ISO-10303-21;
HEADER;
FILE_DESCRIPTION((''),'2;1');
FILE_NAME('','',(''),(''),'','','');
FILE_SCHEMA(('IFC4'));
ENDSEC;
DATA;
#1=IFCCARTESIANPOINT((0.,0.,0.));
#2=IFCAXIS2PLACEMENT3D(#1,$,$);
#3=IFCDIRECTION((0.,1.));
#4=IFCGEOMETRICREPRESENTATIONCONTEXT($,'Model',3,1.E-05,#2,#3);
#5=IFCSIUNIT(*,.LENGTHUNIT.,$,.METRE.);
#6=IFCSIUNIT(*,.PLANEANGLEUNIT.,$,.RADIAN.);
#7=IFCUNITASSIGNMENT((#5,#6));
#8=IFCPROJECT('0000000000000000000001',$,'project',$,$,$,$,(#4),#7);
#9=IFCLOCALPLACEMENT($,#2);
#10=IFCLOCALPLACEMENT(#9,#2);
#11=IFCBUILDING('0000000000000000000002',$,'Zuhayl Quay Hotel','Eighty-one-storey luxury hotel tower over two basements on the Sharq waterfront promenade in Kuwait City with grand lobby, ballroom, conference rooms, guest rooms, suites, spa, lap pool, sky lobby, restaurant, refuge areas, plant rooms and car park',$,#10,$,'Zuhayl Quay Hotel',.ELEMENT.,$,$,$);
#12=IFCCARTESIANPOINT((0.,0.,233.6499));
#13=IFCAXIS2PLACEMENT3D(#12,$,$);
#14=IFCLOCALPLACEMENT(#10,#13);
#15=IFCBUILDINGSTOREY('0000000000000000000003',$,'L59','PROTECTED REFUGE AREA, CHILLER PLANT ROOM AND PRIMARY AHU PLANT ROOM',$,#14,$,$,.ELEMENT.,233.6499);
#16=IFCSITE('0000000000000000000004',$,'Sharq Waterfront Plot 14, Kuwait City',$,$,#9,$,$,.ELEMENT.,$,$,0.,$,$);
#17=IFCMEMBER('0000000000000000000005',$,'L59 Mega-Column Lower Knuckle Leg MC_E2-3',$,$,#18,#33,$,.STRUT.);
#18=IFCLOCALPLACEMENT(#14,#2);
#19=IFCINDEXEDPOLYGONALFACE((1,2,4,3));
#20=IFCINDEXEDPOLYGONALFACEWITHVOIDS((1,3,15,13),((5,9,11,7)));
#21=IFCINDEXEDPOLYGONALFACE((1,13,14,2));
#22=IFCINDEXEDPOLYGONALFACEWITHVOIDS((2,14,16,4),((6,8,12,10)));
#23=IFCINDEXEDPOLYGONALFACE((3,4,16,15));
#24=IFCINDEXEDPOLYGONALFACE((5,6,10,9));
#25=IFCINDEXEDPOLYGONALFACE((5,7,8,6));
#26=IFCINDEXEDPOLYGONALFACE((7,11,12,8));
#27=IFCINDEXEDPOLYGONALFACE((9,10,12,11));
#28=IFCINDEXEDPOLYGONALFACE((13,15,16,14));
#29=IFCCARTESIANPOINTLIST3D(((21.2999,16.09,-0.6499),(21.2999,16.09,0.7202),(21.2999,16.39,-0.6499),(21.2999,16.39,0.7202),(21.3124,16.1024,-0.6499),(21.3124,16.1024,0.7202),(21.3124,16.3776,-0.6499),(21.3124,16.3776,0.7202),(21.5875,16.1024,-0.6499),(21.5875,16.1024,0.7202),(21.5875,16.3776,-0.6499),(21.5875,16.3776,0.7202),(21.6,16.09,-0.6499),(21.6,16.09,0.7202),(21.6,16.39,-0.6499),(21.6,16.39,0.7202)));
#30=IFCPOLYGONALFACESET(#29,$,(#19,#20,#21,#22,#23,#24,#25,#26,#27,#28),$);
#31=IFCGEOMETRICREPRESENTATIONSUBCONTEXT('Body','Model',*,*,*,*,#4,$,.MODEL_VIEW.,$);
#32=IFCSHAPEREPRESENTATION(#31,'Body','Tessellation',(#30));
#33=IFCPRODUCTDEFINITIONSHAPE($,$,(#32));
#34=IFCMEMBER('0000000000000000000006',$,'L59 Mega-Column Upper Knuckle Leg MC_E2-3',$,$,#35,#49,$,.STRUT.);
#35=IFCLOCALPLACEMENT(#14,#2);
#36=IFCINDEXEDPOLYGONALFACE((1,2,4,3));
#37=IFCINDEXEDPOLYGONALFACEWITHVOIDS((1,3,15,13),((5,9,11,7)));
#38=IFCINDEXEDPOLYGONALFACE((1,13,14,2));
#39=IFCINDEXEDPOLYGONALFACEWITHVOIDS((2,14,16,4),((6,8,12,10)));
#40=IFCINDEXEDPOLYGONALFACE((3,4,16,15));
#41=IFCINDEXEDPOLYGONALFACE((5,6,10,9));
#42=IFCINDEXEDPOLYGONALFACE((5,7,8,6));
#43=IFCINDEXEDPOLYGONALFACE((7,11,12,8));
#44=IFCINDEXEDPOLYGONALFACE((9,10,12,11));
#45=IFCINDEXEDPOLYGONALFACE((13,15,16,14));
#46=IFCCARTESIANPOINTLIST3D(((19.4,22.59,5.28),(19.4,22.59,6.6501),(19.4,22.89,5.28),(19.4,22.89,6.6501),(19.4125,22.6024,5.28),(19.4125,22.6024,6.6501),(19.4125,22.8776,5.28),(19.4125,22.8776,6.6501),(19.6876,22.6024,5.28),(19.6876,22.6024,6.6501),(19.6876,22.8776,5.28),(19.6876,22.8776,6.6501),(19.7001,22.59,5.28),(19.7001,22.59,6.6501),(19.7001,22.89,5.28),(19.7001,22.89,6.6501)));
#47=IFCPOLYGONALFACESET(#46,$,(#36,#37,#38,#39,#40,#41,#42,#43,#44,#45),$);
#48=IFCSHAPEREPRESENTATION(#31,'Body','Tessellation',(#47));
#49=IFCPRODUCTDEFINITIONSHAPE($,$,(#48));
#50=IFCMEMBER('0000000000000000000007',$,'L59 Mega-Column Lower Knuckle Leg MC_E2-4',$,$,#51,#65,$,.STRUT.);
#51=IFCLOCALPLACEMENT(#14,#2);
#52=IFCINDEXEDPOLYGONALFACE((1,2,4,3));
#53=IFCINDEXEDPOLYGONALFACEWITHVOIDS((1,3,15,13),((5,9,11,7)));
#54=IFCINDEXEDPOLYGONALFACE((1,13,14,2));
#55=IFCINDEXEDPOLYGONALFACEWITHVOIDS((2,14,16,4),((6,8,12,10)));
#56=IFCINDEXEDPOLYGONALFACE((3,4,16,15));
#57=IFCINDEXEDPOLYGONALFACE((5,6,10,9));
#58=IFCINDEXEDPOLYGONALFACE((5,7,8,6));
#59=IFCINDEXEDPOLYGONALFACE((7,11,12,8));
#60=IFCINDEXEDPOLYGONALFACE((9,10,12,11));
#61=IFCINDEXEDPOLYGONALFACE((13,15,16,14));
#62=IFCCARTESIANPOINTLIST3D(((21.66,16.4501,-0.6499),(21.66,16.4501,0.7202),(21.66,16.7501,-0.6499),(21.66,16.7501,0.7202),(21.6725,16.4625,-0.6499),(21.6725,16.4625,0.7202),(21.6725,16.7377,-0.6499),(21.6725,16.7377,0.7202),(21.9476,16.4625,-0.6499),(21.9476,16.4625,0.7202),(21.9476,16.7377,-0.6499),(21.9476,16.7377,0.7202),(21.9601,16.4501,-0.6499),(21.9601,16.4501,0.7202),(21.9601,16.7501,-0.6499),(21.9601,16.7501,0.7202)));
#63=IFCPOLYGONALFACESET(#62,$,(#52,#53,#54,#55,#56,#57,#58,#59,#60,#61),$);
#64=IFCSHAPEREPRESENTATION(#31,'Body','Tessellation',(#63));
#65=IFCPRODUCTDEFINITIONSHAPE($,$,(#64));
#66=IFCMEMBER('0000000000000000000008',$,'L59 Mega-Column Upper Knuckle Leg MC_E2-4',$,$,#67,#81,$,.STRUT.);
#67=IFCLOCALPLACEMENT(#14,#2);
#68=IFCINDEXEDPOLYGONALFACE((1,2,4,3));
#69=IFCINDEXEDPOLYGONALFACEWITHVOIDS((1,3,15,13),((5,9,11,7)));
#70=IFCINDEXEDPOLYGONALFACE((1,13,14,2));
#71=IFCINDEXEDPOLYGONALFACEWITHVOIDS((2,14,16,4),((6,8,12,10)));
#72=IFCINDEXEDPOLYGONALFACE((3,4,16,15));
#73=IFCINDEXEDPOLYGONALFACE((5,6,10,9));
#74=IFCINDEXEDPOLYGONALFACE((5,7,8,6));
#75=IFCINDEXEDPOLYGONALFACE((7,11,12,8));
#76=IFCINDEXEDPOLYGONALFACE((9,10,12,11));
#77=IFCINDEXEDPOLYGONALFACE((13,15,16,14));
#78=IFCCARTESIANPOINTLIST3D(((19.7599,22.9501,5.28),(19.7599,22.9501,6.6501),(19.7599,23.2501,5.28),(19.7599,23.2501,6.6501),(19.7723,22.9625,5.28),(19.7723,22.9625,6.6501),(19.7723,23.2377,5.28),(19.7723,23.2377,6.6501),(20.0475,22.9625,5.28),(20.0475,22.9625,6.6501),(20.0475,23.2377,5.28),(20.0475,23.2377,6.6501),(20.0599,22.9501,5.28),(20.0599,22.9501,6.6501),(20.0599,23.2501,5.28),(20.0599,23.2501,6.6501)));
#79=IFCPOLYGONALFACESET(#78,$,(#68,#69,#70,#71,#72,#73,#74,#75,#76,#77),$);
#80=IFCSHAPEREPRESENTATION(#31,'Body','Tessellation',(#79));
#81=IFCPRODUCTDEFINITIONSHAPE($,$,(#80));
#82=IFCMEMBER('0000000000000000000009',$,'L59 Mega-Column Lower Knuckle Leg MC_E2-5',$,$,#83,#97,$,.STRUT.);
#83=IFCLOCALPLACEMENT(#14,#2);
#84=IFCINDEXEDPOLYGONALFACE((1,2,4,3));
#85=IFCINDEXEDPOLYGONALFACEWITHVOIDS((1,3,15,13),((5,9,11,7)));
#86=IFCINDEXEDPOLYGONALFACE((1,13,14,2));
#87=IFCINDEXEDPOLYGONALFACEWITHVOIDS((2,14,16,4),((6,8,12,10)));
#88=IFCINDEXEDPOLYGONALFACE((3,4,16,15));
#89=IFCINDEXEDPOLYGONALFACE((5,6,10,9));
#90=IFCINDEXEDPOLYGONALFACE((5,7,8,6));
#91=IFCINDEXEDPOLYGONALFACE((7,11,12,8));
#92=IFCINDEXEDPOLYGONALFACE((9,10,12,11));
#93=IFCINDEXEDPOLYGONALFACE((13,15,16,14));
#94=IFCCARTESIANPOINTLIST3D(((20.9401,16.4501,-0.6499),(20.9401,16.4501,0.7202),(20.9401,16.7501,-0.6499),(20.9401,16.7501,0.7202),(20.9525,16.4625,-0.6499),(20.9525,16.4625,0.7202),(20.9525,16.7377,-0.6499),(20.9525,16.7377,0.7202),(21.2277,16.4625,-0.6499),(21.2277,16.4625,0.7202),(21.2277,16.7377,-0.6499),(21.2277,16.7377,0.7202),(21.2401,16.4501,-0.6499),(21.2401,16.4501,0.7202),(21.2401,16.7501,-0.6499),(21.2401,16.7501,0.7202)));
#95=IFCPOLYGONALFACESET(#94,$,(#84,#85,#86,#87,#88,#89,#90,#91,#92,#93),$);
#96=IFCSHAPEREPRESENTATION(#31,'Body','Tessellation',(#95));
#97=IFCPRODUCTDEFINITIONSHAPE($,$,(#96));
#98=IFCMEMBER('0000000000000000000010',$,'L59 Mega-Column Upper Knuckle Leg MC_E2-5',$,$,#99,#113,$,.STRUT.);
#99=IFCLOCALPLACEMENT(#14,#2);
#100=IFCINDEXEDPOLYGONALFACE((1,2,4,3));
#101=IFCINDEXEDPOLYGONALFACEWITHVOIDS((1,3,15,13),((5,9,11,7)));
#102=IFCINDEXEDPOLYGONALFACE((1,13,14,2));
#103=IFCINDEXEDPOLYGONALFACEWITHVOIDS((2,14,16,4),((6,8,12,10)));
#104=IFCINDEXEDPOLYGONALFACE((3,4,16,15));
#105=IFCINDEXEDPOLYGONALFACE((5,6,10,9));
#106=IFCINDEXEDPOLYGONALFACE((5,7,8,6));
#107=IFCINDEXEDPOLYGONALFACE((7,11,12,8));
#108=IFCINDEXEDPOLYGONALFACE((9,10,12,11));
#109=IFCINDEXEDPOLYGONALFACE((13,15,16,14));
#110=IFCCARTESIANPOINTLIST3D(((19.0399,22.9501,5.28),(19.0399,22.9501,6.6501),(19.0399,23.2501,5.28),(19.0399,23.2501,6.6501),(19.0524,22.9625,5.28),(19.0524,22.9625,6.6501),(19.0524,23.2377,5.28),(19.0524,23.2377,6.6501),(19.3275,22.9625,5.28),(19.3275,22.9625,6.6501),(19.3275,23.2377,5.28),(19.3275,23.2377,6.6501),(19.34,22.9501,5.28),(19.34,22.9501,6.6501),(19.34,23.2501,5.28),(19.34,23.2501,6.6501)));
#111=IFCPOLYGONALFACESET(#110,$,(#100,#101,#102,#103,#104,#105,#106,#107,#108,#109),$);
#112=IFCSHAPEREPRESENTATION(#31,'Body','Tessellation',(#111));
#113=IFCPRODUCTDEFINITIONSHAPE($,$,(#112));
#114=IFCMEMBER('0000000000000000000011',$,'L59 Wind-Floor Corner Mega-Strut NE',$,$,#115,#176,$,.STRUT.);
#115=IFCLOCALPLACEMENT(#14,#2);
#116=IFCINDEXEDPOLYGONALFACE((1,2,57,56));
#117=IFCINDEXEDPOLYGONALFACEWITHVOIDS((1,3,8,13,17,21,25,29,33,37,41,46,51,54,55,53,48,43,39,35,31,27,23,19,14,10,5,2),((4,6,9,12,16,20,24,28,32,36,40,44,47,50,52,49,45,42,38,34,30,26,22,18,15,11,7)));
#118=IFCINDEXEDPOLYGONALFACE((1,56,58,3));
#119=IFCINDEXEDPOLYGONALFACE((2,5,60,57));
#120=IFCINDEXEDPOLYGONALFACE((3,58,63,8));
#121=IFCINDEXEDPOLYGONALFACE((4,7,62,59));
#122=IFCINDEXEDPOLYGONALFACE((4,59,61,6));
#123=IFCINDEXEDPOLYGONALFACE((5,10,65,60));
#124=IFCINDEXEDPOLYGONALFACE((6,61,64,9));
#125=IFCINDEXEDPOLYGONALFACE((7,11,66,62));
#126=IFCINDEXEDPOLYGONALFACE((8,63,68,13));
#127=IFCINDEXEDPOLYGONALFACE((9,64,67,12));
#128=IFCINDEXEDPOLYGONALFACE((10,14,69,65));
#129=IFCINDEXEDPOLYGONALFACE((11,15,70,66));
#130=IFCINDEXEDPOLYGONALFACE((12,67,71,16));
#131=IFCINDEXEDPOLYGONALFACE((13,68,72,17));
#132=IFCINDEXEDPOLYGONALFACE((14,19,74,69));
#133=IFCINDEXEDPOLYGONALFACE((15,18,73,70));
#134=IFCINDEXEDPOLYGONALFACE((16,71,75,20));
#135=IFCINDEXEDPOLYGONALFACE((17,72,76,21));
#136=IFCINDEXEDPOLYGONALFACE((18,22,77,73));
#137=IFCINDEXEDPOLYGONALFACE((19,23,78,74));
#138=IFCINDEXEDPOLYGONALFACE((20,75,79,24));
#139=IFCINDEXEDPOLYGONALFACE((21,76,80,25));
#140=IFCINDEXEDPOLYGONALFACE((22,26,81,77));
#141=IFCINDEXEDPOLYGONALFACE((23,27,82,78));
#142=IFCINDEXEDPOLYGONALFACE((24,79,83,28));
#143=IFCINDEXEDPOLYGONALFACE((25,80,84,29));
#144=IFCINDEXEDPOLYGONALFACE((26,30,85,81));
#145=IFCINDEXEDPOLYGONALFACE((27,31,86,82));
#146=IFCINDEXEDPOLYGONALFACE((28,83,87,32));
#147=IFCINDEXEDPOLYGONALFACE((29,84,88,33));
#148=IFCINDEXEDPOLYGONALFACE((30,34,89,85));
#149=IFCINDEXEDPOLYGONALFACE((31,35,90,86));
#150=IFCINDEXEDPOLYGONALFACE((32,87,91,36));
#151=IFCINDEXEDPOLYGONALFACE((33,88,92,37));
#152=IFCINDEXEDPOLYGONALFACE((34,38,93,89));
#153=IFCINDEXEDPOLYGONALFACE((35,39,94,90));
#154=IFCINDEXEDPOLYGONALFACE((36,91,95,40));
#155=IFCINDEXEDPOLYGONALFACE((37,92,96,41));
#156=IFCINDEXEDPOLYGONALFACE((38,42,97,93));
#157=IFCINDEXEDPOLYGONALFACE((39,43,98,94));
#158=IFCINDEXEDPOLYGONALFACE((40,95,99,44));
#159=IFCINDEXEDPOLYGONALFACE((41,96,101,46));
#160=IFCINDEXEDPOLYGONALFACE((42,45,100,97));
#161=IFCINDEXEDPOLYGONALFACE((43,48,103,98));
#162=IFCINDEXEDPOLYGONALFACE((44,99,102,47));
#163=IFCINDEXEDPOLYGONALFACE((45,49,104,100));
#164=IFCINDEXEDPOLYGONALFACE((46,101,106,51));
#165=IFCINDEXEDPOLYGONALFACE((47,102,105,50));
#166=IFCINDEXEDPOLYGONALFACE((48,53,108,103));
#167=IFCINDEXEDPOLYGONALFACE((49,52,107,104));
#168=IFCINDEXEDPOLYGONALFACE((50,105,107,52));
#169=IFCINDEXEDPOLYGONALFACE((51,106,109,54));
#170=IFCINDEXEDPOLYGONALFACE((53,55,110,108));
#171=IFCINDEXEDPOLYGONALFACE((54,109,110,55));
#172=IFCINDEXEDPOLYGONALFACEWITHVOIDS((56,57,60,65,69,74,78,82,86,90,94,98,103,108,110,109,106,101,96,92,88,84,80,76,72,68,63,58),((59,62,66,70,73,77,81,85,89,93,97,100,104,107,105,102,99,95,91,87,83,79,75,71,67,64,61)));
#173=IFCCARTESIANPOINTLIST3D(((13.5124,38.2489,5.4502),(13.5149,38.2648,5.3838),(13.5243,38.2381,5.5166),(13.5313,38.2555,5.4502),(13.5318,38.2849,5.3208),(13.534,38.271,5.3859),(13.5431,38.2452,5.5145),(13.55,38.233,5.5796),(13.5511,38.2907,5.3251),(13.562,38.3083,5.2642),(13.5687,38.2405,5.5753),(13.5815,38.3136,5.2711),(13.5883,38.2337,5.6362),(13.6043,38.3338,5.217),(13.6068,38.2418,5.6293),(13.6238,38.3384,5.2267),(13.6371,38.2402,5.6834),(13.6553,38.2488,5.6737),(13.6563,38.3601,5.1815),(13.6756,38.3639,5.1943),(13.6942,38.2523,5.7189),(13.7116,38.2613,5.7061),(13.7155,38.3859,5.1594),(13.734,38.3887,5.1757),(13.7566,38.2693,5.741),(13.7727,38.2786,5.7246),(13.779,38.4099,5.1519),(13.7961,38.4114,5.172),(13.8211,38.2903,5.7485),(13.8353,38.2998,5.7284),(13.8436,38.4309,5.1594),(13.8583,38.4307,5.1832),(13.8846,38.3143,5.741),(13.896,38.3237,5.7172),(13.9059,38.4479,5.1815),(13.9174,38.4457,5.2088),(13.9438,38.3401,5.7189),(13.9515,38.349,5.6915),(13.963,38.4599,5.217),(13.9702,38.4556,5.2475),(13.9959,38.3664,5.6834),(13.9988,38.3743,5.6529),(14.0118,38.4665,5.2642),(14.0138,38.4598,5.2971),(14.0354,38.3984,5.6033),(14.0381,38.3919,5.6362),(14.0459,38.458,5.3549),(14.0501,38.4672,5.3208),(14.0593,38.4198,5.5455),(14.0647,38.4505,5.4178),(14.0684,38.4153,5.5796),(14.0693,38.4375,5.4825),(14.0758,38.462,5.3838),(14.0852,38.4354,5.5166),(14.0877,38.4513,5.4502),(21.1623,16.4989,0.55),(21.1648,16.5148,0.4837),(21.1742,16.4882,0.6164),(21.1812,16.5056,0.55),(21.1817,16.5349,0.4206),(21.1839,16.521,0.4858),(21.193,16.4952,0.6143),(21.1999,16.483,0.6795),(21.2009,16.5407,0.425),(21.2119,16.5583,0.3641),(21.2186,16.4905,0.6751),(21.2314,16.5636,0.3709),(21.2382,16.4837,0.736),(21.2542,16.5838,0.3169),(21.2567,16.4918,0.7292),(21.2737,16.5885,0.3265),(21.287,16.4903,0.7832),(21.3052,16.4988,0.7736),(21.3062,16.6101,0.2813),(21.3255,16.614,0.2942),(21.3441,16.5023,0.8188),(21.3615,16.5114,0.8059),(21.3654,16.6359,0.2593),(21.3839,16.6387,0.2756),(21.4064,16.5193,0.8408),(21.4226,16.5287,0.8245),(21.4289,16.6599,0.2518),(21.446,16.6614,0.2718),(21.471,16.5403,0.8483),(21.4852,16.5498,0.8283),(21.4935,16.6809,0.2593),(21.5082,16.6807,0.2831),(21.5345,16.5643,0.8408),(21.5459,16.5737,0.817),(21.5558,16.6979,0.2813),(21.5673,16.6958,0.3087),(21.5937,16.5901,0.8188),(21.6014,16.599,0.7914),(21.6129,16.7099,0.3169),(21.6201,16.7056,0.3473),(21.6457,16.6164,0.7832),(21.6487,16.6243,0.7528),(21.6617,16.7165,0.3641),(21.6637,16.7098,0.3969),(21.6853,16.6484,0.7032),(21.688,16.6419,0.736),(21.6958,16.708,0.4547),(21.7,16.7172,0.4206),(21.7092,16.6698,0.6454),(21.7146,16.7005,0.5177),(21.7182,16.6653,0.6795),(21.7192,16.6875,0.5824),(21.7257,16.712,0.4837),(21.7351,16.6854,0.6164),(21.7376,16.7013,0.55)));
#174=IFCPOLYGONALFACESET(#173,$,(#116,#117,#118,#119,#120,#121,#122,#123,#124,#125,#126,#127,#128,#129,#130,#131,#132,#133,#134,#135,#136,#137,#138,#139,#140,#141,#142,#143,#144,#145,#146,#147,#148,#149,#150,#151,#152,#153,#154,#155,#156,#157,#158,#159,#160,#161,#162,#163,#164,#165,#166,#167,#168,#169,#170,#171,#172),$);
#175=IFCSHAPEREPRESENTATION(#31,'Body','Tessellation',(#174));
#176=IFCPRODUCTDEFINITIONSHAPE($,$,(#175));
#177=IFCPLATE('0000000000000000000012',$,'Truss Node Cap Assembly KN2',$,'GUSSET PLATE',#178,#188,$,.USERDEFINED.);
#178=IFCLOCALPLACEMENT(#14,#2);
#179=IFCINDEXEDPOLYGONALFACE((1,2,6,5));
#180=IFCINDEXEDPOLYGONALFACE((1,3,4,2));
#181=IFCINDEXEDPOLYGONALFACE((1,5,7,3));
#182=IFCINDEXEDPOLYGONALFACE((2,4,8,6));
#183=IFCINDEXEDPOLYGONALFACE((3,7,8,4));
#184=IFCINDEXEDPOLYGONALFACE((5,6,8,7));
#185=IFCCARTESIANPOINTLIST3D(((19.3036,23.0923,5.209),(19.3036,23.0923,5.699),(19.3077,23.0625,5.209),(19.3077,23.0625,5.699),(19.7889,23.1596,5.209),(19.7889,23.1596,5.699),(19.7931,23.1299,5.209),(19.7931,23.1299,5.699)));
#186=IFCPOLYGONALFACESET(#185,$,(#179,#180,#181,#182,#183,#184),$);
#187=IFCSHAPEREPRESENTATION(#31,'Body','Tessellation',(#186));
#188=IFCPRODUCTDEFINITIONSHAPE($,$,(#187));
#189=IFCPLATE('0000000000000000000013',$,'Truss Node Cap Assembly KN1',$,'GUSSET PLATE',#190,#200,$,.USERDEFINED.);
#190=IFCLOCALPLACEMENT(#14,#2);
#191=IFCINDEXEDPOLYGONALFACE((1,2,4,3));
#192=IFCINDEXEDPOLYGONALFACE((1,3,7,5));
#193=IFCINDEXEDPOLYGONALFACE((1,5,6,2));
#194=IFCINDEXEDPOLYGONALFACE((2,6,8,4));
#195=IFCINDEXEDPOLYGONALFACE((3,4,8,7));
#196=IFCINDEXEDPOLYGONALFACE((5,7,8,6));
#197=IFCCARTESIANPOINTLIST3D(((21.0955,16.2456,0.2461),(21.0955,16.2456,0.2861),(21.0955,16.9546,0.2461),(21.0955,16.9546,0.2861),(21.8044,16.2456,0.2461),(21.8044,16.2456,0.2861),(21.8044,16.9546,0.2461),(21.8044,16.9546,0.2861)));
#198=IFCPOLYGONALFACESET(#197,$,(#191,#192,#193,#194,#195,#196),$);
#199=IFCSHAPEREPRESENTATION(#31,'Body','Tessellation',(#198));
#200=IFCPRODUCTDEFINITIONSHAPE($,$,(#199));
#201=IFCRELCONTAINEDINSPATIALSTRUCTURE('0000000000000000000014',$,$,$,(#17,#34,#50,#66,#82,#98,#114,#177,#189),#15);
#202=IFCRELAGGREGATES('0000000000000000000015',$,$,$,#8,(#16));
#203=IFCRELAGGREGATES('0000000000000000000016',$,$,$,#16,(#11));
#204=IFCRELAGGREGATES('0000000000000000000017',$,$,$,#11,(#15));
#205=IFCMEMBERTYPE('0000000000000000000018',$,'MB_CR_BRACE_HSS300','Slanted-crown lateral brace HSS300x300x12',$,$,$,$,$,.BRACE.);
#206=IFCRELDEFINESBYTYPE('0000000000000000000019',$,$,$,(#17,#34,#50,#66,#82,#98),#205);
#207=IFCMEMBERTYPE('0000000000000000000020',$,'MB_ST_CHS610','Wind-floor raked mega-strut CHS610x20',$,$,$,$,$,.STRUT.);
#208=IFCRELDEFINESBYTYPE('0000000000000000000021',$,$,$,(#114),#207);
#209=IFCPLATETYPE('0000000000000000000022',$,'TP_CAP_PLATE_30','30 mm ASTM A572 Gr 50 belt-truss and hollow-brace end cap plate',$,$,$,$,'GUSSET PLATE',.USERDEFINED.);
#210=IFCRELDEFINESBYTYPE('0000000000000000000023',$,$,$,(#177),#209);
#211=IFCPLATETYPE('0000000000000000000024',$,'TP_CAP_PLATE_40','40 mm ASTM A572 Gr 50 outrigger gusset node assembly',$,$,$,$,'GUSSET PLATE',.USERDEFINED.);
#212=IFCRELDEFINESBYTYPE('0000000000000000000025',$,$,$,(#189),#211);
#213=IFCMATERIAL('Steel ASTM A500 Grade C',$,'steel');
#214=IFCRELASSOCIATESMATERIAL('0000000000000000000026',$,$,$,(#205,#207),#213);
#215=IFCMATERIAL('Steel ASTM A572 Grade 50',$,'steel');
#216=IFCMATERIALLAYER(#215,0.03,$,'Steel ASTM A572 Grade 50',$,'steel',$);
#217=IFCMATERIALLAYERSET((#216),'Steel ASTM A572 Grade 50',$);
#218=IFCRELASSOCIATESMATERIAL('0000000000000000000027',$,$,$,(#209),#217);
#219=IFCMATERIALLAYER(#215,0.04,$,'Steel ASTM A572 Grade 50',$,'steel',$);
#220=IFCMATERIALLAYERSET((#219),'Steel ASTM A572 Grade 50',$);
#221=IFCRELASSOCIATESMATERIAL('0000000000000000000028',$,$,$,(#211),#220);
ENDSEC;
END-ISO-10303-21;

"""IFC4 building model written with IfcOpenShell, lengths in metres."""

from ifc_helpers import new_model, si_unit, direction, frame, origin, origin_2d, place, context, subcontext, project, spatial, rectangle, hollow_rectangle, hollow_circle, extrude, material, layer, layer_set, material_profile, profile_set, type_object, element, save


model = new_model("IFC4")

# Units and contexts
model_context = context("Model", 3, precision=1e-05, world=origin(), true_north=direction((0.0, 1.0)))
body_context = subcontext(model_context, "Body", "Model", "MODEL_VIEW")
ifc_project = project(units=[si_unit("LENGTHUNIT", "METRE"), si_unit("PLANEANGLEUNIT", "RADIAN")], contexts=[model_context])

# Site, building, storey
site_placement = place(None, origin())
site = spatial("IfcSite", under=ifc_project, at=site_placement, Name="Sharq Waterfront Plot 14, Kuwait City", CompositionType="ELEMENT", RefElevation=0.0)
building_placement = place(site_placement, origin())
building = spatial("IfcBuilding", under=site, at=building_placement, Name="Zuhayl Quay Hotel", Description="Eighty-one-storey luxury hotel tower over two basements on the Sharq waterfront promenade in Kuwait City with grand lobby, ballroom, conference rooms, guest rooms, suites, spa, lap pool, sky lobby, restaurant, refuge areas, plant rooms and car park", LongName="Zuhayl Quay Hotel", CompositionType="ELEMENT")
storey_placement = place(building_placement, frame((0.0, 0.0, 233.6499)))
storey = spatial("IfcBuildingStorey", under=building, at=storey_placement, Name="L59", Description="PROTECTED REFUGE AREA, CHILLER PLANT ROOM AND PRIMARY AHU PLANT ROOM", CompositionType="ELEMENT", Elevation=233.6499)

# Members
ifc_material_1 = material(Name="Steel ASTM A500 Grade C", Category="steel")
ifc_material_profile_1 = material_profile(ifc_material_1, hollow_rectangle(XDim=0.3, YDim=0.3, WallThickness=0.0125, at=origin_2d()), Name="HSS300X300X12")
ifc_profile_set_1 = profile_set([ifc_material_profile_1], Name="Steel ASTM A500 Grade C")
member_type_1 = type_object("IfcMemberType", Name="MB_CR_BRACE_HSS300", Description="Slanted-crown lateral brace HSS300x300x12", PredefinedType="BRACE", material=ifc_profile_set_1)
for number, where, z_axis, x_axis, name in (
    (1, (21.45, 16.24, -0.6499), (0.0, 0.0, 1.0), (1.0, 0.0, 0.0), "L59 Mega-Column Lower Knuckle Leg MC_E2-3"),
    (2, (19.55, 22.74, 5.28), (0.0, 0.0, 1.0), (1.0, 0.0, 0.0), "L59 Mega-Column Upper Knuckle Leg MC_E2-3"),
    (3, (21.8101, 16.6001, -0.6499), (0.0, 0.0, 1.0), (1.0, 0.0, 0.0), "L59 Mega-Column Lower Knuckle Leg MC_E2-4"),
    (4, (19.9099, 23.1001, 5.28), (0.0, 0.0, 1.0), (1.0, 0.0, 0.0), "L59 Mega-Column Upper Knuckle Leg MC_E2-4"),
    (5, (21.0901, 16.6001, -0.6499), (0.0, 0.0, 1.0), (1.0, 0.0, 0.0), "L59 Mega-Column Lower Knuckle Leg MC_E2-5"),
    (6, (19.1899, 23.1001, 5.28), (0.0, 0.0, 1.0), (1.0, 0.0, 0.0), "L59 Mega-Column Upper Knuckle Leg MC_E2-5"),
):
    element("IfcMember", number, at=place(storey_placement, frame(where, z_axis=z_axis, x_axis=x_axis)), inside=storey, type_object=member_type_1, Name=name, PredefinedType="STRUT", context=body_context, shape_type="SweptSolid", body=[
        extrude(hollow_rectangle(XDim=0.3, YDim=0.3, WallThickness=0.0125, at=origin_2d()), origin(), (0.0, 0.0, 1.0), 1.3701),
    ])
ifc_material_profile_2 = material_profile(ifc_material_1, hollow_circle(Radius=0.3049, WallThickness=0.02, at=origin_2d()), Name="CHS610X20")
ifc_profile_set_2 = profile_set([ifc_material_profile_2], Name="Steel ASTM A500 Grade C")
member_type_2 = type_object("IfcMemberType", Name="MB_ST_CHS610", Description="Wind-floor raked mega-strut CHS610x20", PredefinedType="STRUT", material=ifc_profile_set_2)
member_placement = place(storey_placement, frame((21.45, 16.6001, 0.55), z_axis=(-0.324546, 0.922742, 0.207888), x_axis=(-0.943351, -0.331795, 0.0)))
element("IfcMember", 7, at=member_placement, inside=storey, type_object=member_type_2, Name="L59 Wind-Floor Corner Mega-Strut NE", PredefinedType="STRUT", context=body_context, shape_type="SweptSolid", body=[
    extrude(hollow_circle(Radius=0.3049, WallThickness=0.02, at=origin_2d()), origin(), (0.0, 0.0, 1.0), 23.571),
])

# Plates
ifc_material_2 = material(Name="Steel ASTM A572 Grade 50", Category="steel")
ifc_layer_1 = layer(ifc_material_2, 0.03, Name="Steel ASTM A572 Grade 50", Category="steel")
ifc_layer_set_1 = layer_set([ifc_layer_1], Name="Steel ASTM A572 Grade 50")
plate_type_1 = type_object("IfcPlateType", Name="TP_CAP_PLATE_30", Description="30 mm ASTM A572 Gr 50 belt-truss and hollow-brace end cap plate", ElementType="GUSSET PLATE", PredefinedType="USERDEFINED", material=ifc_layer_set_1)
plate_1_placement = place(storey_placement, frame((19.5483, 23.1111, 5.209), z_axis=(0.0, 0.0, 1.0), x_axis=(-0.137445, 0.990509, 0.0)))
element("IfcPlate", 8, at=plate_1_placement, inside=storey, type_object=plate_type_1, Name="Truss Node Cap Assembly KN2", ObjectType="GUSSET PLATE", PredefinedType="USERDEFINED", context=body_context, shape_type="SweptSolid", body=[
    extrude(rectangle(XDim=0.03, YDim=0.49, at=origin_2d()), origin(), (0.0, 0.0, 1.0), 0.49),
])
ifc_layer_2 = layer(ifc_material_2, 0.04, Name="Steel ASTM A572 Grade 50", Category="steel")
ifc_layer_set_2 = layer_set([ifc_layer_2], Name="Steel ASTM A572 Grade 50")
plate_type_2 = type_object("IfcPlateType", Name="TP_CAP_PLATE_40", Description="40 mm ASTM A572 Gr 50 outrigger gusset node assembly", ElementType="GUSSET PLATE", PredefinedType="USERDEFINED", material=ifc_layer_set_2)
plate_2_placement = place(storey_placement, frame((21.45, 16.6001, 0.2461), z_axis=(0.0, 0.0, 1.0), x_axis=(1.0, 0.0, 0.0)))
element("IfcPlate", 9, at=plate_2_placement, inside=storey, type_object=plate_type_2, Name="Truss Node Cap Assembly KN1", ObjectType="GUSSET PLATE", PredefinedType="USERDEFINED", context=body_context, shape_type="SweptSolid", body=[
    extrude(rectangle(XDim=0.709, YDim=0.709, at=origin_2d()), origin(), (0.0, 0.0, 1.0), 0.04),
])

save(model, "model.ifc")
